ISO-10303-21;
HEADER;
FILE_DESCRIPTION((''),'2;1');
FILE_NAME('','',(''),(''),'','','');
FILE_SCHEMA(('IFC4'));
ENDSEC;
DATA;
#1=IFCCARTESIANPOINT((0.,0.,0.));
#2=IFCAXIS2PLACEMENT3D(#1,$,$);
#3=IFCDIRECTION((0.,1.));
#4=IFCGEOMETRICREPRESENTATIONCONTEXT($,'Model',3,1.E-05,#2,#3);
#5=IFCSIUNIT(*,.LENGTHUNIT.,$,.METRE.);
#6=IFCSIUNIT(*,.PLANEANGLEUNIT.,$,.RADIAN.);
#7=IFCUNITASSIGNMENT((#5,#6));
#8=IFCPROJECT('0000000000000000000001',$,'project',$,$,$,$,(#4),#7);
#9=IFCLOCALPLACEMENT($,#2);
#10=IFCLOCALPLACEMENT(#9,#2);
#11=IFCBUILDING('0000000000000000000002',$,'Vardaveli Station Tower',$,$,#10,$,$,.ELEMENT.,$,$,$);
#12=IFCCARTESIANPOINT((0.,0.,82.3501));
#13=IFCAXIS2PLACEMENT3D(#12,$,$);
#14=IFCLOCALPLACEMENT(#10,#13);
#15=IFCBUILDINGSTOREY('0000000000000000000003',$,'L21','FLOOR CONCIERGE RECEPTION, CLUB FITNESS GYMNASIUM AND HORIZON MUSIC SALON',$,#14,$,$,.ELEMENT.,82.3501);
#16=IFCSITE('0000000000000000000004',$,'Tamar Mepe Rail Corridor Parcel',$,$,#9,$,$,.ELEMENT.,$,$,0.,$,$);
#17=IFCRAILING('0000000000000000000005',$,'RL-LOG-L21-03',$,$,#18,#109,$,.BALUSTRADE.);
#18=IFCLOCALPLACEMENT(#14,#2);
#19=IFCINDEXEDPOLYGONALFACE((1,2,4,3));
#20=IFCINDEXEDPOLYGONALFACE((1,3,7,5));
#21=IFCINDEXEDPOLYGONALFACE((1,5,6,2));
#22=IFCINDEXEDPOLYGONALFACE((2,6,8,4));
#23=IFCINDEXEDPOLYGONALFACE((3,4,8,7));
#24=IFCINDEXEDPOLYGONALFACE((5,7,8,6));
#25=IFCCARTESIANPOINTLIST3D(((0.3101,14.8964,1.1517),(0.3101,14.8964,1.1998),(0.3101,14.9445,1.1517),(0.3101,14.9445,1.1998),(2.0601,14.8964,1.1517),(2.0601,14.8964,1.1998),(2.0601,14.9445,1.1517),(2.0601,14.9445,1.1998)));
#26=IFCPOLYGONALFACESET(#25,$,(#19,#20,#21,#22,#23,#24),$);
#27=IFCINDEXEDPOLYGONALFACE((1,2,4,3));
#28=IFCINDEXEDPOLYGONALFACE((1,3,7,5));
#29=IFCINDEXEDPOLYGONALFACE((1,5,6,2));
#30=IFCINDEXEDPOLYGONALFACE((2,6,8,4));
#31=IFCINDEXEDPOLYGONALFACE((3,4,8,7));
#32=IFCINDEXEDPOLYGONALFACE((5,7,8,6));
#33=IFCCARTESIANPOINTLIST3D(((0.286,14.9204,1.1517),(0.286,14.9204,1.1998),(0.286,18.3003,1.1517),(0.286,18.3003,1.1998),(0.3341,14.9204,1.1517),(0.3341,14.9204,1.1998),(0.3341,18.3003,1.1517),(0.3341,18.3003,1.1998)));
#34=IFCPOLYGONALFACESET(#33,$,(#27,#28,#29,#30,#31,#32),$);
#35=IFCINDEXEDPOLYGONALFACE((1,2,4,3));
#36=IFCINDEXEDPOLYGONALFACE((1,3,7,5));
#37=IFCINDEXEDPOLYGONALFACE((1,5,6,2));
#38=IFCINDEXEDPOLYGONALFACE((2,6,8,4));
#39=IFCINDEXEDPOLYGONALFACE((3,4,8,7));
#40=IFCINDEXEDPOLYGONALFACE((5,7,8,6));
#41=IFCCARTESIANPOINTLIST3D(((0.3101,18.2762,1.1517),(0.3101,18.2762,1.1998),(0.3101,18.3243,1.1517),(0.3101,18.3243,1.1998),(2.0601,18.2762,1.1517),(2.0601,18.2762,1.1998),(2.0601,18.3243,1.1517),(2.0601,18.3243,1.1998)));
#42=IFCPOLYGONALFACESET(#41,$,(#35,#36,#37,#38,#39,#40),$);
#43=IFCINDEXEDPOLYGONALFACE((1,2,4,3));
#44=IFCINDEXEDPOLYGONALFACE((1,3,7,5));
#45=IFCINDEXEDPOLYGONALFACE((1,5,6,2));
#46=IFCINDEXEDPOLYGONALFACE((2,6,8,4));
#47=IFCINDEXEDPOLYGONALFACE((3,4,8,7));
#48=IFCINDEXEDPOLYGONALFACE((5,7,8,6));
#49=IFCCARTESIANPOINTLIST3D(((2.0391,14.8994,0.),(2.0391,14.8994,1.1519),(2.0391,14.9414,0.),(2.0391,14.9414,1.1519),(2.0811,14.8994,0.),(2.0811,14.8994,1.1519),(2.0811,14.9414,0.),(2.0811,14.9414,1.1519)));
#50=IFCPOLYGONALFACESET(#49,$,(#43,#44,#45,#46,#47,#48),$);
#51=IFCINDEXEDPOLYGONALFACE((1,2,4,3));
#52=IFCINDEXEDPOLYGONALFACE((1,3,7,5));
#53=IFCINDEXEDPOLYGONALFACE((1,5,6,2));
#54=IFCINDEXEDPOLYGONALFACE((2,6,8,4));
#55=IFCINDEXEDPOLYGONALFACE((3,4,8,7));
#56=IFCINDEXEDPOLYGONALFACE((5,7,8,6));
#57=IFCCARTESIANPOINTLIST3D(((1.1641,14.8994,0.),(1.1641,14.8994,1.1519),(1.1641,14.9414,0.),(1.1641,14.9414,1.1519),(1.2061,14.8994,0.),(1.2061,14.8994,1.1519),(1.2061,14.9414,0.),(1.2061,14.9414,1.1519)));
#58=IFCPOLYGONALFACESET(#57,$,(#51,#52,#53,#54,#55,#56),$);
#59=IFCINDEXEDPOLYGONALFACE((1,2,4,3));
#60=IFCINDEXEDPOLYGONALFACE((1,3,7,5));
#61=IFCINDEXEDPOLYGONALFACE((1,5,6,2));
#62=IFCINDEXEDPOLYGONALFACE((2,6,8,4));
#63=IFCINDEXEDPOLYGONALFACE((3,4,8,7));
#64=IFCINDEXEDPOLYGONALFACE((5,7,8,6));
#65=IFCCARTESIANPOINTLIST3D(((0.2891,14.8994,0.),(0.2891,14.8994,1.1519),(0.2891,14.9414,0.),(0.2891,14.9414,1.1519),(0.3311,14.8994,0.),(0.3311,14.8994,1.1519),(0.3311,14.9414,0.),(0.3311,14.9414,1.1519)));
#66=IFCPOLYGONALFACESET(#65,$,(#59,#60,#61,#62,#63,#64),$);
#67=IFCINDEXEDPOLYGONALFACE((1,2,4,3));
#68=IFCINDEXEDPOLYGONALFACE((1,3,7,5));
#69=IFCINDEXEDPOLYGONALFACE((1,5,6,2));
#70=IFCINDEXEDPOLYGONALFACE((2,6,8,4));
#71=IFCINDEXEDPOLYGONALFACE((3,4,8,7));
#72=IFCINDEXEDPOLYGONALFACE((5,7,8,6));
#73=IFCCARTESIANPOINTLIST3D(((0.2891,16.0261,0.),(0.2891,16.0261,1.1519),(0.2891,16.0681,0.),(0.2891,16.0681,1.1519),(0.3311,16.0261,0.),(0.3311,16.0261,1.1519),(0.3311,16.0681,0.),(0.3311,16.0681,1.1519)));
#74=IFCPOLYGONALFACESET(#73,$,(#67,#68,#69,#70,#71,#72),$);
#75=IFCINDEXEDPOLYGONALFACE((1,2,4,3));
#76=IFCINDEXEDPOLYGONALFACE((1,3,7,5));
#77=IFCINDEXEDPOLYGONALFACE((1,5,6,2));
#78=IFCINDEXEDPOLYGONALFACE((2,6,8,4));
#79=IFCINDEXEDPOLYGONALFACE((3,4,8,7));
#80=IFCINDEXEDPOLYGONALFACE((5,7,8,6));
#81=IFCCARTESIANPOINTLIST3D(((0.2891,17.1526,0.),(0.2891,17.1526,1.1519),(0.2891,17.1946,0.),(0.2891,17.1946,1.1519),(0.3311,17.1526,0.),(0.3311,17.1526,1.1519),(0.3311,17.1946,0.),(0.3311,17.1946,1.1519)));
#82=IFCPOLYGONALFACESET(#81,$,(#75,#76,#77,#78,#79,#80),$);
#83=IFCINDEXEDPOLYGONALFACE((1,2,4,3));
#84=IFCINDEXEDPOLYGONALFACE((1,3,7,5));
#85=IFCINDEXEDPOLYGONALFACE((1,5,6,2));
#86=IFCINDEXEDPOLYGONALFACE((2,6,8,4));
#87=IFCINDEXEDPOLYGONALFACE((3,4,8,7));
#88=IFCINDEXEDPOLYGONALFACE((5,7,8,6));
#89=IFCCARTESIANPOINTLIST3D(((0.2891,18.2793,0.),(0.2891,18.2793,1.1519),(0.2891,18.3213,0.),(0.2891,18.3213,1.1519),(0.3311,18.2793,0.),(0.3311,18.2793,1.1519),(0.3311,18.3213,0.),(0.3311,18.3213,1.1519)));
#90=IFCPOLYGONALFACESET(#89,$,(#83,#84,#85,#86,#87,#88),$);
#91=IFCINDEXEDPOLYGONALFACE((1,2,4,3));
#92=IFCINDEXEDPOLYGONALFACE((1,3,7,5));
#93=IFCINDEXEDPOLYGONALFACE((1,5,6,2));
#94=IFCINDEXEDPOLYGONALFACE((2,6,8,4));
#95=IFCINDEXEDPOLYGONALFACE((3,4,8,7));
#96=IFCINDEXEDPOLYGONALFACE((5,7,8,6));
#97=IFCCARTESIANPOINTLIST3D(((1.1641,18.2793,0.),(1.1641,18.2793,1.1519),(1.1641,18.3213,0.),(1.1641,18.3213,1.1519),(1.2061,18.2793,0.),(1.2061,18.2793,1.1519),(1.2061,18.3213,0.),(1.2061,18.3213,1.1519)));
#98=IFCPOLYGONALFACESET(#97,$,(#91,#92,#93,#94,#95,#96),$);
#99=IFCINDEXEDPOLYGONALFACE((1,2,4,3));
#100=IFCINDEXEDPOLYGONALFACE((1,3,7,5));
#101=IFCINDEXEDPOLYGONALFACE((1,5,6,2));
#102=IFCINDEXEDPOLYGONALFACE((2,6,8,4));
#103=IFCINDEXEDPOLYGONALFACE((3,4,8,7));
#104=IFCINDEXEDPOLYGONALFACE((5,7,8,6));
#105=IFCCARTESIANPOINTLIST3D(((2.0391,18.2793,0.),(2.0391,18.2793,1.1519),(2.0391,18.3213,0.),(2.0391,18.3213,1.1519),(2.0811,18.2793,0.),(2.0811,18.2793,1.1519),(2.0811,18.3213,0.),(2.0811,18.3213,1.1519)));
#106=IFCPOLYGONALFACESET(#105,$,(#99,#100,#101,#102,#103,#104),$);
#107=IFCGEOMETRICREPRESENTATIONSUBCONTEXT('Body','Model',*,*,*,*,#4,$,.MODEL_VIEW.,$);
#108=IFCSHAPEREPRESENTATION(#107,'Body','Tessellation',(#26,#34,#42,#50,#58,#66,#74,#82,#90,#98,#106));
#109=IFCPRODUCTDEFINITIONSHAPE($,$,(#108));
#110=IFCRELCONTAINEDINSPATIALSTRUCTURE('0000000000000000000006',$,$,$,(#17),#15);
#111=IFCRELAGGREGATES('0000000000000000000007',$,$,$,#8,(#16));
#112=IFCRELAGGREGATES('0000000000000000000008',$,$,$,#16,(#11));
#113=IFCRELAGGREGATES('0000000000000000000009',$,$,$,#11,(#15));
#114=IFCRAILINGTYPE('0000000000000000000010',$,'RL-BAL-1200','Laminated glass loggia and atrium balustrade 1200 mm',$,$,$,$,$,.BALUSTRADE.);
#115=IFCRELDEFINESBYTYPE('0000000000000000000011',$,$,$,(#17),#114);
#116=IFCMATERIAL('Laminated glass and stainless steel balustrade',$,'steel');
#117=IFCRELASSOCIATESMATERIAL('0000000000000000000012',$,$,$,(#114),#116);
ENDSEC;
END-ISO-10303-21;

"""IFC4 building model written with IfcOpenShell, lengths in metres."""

from ifc_helpers import new_model, si_unit, direction, frame, origin, origin_2d, place, context, subcontext, project, spatial, rectangle, extrude, source, transform, mapped, material, type_object, element, save


model = new_model("IFC4")

# Units and contexts
model_context = context("Model", 3, precision=1e-05, world=origin(), true_north=direction((0.0, 1.0)))
body_context = subcontext(model_context, "Body", "Model", "MODEL_VIEW")
ifc_project = project(units=[si_unit("LENGTHUNIT", "METRE"), si_unit("PLANEANGLEUNIT", "RADIAN")], contexts=[model_context])

# Site, building, storey
site_placement = place(None, origin())
site = spatial("IfcSite", under=ifc_project, at=site_placement, Name="Tamar Mepe Rail Corridor Parcel", CompositionType="ELEMENT", RefElevation=0.0)
building_placement = place(site_placement, origin())
building = spatial("IfcBuilding", under=site, at=building_placement, Name="Vardaveli Station Tower", CompositionType="ELEMENT")
storey_placement = place(building_placement, frame((0.0, 0.0, 82.3501)))
storey = spatial("IfcBuildingStorey", under=building, at=storey_placement, Name="L21", Description="FLOOR CONCIERGE RECEPTION, CLUB FITNESS GYMNASIUM AND HORIZON MUSIC SALON", CompositionType="ELEMENT", Elevation=82.3501)

# Railing
ifc_material_1 = material(Name="Laminated glass and stainless steel balustrade", Category="steel")
railing_type = type_object("IfcRailingType", Name="RL-BAL-1200", Description="Laminated glass loggia and atrium balustrade 1200 mm", PredefinedType="BALUSTRADE", material=ifc_material_1)
shared_shape_1 = source(origin(), body_context, "Body", "SweptSolid", [
    extrude(rectangle(XDim=0.0481, YDim=0.0481, at=origin_2d()), frame((0.0, 0.0, 1.1758), z_axis=(-1.0, 0.0, 0.0), x_axis=(0.0, -1.0, 0.0)), (0.0, 0.0, 1.0), 1.75),
    extrude(rectangle(XDim=0.0481, YDim=0.0481, at=origin_2d()), frame((-1.75, 0.0, 1.1758), z_axis=(0.0, 1.0, 0.0), x_axis=(-1.0, 0.0, 0.0)), (0.0, 0.0, 1.0), 3.3799),
    extrude(rectangle(XDim=0.0481, YDim=0.0481, at=origin_2d()), frame((-1.75, 3.3799, 1.1758), z_axis=(1.0, 0.0, 0.0), x_axis=(0.0, 1.0, 0.0)), (0.0, 0.0, 1.0), 1.75),
    extrude(rectangle(XDim=0.042, YDim=0.042, at=origin_2d()), origin(), (0.0, 0.0, 1.0), 1.1519),
    extrude(rectangle(XDim=0.042, YDim=0.042, at=origin_2d()), frame((-0.875, 0.0, 0.0)), (0.0, 0.0, 1.0), 1.1519),
    extrude(rectangle(XDim=0.042, YDim=0.042, at=origin_2d()), frame((-1.75, 0.0, 0.0)), (0.0, 0.0, 1.0), 1.1519),
    extrude(rectangle(XDim=0.042, YDim=0.042, at=origin_2d()), frame((-1.75, 1.1267, 0.0)), (0.0, 0.0, 1.0), 1.1519),
    extrude(rectangle(XDim=0.042, YDim=0.042, at=origin_2d()), frame((-1.75, 2.2532, 0.0)), (0.0, 0.0, 1.0), 1.1519),
    extrude(rectangle(XDim=0.042, YDim=0.042, at=origin_2d()), frame((-1.75, 3.3799, 0.0)), (0.0, 0.0, 1.0), 1.1519),
    extrude(rectangle(XDim=0.042, YDim=0.042, at=origin_2d()), frame((-0.875, 3.3799, 0.0)), (0.0, 0.0, 1.0), 1.1519),
    extrude(rectangle(XDim=0.042, YDim=0.042, at=origin_2d()), frame((0.0, 3.3799, 0.0)), (0.0, 0.0, 1.0), 1.1519),
])
railing_placement = place(storey_placement, frame((2.0601, 14.9204, 0.0)))
element("IfcRailing", 1, at=railing_placement, inside=storey, type_object=railing_type, Name="RL-LOG-L21-03", PredefinedType="BALUSTRADE", context=body_context, shape_type="MappedRepresentation", body=[
    mapped(shared_shape_1, transform((0.0, 0.0, 0.0), scale=1.0)),
])

save(model, "model.ifc")
